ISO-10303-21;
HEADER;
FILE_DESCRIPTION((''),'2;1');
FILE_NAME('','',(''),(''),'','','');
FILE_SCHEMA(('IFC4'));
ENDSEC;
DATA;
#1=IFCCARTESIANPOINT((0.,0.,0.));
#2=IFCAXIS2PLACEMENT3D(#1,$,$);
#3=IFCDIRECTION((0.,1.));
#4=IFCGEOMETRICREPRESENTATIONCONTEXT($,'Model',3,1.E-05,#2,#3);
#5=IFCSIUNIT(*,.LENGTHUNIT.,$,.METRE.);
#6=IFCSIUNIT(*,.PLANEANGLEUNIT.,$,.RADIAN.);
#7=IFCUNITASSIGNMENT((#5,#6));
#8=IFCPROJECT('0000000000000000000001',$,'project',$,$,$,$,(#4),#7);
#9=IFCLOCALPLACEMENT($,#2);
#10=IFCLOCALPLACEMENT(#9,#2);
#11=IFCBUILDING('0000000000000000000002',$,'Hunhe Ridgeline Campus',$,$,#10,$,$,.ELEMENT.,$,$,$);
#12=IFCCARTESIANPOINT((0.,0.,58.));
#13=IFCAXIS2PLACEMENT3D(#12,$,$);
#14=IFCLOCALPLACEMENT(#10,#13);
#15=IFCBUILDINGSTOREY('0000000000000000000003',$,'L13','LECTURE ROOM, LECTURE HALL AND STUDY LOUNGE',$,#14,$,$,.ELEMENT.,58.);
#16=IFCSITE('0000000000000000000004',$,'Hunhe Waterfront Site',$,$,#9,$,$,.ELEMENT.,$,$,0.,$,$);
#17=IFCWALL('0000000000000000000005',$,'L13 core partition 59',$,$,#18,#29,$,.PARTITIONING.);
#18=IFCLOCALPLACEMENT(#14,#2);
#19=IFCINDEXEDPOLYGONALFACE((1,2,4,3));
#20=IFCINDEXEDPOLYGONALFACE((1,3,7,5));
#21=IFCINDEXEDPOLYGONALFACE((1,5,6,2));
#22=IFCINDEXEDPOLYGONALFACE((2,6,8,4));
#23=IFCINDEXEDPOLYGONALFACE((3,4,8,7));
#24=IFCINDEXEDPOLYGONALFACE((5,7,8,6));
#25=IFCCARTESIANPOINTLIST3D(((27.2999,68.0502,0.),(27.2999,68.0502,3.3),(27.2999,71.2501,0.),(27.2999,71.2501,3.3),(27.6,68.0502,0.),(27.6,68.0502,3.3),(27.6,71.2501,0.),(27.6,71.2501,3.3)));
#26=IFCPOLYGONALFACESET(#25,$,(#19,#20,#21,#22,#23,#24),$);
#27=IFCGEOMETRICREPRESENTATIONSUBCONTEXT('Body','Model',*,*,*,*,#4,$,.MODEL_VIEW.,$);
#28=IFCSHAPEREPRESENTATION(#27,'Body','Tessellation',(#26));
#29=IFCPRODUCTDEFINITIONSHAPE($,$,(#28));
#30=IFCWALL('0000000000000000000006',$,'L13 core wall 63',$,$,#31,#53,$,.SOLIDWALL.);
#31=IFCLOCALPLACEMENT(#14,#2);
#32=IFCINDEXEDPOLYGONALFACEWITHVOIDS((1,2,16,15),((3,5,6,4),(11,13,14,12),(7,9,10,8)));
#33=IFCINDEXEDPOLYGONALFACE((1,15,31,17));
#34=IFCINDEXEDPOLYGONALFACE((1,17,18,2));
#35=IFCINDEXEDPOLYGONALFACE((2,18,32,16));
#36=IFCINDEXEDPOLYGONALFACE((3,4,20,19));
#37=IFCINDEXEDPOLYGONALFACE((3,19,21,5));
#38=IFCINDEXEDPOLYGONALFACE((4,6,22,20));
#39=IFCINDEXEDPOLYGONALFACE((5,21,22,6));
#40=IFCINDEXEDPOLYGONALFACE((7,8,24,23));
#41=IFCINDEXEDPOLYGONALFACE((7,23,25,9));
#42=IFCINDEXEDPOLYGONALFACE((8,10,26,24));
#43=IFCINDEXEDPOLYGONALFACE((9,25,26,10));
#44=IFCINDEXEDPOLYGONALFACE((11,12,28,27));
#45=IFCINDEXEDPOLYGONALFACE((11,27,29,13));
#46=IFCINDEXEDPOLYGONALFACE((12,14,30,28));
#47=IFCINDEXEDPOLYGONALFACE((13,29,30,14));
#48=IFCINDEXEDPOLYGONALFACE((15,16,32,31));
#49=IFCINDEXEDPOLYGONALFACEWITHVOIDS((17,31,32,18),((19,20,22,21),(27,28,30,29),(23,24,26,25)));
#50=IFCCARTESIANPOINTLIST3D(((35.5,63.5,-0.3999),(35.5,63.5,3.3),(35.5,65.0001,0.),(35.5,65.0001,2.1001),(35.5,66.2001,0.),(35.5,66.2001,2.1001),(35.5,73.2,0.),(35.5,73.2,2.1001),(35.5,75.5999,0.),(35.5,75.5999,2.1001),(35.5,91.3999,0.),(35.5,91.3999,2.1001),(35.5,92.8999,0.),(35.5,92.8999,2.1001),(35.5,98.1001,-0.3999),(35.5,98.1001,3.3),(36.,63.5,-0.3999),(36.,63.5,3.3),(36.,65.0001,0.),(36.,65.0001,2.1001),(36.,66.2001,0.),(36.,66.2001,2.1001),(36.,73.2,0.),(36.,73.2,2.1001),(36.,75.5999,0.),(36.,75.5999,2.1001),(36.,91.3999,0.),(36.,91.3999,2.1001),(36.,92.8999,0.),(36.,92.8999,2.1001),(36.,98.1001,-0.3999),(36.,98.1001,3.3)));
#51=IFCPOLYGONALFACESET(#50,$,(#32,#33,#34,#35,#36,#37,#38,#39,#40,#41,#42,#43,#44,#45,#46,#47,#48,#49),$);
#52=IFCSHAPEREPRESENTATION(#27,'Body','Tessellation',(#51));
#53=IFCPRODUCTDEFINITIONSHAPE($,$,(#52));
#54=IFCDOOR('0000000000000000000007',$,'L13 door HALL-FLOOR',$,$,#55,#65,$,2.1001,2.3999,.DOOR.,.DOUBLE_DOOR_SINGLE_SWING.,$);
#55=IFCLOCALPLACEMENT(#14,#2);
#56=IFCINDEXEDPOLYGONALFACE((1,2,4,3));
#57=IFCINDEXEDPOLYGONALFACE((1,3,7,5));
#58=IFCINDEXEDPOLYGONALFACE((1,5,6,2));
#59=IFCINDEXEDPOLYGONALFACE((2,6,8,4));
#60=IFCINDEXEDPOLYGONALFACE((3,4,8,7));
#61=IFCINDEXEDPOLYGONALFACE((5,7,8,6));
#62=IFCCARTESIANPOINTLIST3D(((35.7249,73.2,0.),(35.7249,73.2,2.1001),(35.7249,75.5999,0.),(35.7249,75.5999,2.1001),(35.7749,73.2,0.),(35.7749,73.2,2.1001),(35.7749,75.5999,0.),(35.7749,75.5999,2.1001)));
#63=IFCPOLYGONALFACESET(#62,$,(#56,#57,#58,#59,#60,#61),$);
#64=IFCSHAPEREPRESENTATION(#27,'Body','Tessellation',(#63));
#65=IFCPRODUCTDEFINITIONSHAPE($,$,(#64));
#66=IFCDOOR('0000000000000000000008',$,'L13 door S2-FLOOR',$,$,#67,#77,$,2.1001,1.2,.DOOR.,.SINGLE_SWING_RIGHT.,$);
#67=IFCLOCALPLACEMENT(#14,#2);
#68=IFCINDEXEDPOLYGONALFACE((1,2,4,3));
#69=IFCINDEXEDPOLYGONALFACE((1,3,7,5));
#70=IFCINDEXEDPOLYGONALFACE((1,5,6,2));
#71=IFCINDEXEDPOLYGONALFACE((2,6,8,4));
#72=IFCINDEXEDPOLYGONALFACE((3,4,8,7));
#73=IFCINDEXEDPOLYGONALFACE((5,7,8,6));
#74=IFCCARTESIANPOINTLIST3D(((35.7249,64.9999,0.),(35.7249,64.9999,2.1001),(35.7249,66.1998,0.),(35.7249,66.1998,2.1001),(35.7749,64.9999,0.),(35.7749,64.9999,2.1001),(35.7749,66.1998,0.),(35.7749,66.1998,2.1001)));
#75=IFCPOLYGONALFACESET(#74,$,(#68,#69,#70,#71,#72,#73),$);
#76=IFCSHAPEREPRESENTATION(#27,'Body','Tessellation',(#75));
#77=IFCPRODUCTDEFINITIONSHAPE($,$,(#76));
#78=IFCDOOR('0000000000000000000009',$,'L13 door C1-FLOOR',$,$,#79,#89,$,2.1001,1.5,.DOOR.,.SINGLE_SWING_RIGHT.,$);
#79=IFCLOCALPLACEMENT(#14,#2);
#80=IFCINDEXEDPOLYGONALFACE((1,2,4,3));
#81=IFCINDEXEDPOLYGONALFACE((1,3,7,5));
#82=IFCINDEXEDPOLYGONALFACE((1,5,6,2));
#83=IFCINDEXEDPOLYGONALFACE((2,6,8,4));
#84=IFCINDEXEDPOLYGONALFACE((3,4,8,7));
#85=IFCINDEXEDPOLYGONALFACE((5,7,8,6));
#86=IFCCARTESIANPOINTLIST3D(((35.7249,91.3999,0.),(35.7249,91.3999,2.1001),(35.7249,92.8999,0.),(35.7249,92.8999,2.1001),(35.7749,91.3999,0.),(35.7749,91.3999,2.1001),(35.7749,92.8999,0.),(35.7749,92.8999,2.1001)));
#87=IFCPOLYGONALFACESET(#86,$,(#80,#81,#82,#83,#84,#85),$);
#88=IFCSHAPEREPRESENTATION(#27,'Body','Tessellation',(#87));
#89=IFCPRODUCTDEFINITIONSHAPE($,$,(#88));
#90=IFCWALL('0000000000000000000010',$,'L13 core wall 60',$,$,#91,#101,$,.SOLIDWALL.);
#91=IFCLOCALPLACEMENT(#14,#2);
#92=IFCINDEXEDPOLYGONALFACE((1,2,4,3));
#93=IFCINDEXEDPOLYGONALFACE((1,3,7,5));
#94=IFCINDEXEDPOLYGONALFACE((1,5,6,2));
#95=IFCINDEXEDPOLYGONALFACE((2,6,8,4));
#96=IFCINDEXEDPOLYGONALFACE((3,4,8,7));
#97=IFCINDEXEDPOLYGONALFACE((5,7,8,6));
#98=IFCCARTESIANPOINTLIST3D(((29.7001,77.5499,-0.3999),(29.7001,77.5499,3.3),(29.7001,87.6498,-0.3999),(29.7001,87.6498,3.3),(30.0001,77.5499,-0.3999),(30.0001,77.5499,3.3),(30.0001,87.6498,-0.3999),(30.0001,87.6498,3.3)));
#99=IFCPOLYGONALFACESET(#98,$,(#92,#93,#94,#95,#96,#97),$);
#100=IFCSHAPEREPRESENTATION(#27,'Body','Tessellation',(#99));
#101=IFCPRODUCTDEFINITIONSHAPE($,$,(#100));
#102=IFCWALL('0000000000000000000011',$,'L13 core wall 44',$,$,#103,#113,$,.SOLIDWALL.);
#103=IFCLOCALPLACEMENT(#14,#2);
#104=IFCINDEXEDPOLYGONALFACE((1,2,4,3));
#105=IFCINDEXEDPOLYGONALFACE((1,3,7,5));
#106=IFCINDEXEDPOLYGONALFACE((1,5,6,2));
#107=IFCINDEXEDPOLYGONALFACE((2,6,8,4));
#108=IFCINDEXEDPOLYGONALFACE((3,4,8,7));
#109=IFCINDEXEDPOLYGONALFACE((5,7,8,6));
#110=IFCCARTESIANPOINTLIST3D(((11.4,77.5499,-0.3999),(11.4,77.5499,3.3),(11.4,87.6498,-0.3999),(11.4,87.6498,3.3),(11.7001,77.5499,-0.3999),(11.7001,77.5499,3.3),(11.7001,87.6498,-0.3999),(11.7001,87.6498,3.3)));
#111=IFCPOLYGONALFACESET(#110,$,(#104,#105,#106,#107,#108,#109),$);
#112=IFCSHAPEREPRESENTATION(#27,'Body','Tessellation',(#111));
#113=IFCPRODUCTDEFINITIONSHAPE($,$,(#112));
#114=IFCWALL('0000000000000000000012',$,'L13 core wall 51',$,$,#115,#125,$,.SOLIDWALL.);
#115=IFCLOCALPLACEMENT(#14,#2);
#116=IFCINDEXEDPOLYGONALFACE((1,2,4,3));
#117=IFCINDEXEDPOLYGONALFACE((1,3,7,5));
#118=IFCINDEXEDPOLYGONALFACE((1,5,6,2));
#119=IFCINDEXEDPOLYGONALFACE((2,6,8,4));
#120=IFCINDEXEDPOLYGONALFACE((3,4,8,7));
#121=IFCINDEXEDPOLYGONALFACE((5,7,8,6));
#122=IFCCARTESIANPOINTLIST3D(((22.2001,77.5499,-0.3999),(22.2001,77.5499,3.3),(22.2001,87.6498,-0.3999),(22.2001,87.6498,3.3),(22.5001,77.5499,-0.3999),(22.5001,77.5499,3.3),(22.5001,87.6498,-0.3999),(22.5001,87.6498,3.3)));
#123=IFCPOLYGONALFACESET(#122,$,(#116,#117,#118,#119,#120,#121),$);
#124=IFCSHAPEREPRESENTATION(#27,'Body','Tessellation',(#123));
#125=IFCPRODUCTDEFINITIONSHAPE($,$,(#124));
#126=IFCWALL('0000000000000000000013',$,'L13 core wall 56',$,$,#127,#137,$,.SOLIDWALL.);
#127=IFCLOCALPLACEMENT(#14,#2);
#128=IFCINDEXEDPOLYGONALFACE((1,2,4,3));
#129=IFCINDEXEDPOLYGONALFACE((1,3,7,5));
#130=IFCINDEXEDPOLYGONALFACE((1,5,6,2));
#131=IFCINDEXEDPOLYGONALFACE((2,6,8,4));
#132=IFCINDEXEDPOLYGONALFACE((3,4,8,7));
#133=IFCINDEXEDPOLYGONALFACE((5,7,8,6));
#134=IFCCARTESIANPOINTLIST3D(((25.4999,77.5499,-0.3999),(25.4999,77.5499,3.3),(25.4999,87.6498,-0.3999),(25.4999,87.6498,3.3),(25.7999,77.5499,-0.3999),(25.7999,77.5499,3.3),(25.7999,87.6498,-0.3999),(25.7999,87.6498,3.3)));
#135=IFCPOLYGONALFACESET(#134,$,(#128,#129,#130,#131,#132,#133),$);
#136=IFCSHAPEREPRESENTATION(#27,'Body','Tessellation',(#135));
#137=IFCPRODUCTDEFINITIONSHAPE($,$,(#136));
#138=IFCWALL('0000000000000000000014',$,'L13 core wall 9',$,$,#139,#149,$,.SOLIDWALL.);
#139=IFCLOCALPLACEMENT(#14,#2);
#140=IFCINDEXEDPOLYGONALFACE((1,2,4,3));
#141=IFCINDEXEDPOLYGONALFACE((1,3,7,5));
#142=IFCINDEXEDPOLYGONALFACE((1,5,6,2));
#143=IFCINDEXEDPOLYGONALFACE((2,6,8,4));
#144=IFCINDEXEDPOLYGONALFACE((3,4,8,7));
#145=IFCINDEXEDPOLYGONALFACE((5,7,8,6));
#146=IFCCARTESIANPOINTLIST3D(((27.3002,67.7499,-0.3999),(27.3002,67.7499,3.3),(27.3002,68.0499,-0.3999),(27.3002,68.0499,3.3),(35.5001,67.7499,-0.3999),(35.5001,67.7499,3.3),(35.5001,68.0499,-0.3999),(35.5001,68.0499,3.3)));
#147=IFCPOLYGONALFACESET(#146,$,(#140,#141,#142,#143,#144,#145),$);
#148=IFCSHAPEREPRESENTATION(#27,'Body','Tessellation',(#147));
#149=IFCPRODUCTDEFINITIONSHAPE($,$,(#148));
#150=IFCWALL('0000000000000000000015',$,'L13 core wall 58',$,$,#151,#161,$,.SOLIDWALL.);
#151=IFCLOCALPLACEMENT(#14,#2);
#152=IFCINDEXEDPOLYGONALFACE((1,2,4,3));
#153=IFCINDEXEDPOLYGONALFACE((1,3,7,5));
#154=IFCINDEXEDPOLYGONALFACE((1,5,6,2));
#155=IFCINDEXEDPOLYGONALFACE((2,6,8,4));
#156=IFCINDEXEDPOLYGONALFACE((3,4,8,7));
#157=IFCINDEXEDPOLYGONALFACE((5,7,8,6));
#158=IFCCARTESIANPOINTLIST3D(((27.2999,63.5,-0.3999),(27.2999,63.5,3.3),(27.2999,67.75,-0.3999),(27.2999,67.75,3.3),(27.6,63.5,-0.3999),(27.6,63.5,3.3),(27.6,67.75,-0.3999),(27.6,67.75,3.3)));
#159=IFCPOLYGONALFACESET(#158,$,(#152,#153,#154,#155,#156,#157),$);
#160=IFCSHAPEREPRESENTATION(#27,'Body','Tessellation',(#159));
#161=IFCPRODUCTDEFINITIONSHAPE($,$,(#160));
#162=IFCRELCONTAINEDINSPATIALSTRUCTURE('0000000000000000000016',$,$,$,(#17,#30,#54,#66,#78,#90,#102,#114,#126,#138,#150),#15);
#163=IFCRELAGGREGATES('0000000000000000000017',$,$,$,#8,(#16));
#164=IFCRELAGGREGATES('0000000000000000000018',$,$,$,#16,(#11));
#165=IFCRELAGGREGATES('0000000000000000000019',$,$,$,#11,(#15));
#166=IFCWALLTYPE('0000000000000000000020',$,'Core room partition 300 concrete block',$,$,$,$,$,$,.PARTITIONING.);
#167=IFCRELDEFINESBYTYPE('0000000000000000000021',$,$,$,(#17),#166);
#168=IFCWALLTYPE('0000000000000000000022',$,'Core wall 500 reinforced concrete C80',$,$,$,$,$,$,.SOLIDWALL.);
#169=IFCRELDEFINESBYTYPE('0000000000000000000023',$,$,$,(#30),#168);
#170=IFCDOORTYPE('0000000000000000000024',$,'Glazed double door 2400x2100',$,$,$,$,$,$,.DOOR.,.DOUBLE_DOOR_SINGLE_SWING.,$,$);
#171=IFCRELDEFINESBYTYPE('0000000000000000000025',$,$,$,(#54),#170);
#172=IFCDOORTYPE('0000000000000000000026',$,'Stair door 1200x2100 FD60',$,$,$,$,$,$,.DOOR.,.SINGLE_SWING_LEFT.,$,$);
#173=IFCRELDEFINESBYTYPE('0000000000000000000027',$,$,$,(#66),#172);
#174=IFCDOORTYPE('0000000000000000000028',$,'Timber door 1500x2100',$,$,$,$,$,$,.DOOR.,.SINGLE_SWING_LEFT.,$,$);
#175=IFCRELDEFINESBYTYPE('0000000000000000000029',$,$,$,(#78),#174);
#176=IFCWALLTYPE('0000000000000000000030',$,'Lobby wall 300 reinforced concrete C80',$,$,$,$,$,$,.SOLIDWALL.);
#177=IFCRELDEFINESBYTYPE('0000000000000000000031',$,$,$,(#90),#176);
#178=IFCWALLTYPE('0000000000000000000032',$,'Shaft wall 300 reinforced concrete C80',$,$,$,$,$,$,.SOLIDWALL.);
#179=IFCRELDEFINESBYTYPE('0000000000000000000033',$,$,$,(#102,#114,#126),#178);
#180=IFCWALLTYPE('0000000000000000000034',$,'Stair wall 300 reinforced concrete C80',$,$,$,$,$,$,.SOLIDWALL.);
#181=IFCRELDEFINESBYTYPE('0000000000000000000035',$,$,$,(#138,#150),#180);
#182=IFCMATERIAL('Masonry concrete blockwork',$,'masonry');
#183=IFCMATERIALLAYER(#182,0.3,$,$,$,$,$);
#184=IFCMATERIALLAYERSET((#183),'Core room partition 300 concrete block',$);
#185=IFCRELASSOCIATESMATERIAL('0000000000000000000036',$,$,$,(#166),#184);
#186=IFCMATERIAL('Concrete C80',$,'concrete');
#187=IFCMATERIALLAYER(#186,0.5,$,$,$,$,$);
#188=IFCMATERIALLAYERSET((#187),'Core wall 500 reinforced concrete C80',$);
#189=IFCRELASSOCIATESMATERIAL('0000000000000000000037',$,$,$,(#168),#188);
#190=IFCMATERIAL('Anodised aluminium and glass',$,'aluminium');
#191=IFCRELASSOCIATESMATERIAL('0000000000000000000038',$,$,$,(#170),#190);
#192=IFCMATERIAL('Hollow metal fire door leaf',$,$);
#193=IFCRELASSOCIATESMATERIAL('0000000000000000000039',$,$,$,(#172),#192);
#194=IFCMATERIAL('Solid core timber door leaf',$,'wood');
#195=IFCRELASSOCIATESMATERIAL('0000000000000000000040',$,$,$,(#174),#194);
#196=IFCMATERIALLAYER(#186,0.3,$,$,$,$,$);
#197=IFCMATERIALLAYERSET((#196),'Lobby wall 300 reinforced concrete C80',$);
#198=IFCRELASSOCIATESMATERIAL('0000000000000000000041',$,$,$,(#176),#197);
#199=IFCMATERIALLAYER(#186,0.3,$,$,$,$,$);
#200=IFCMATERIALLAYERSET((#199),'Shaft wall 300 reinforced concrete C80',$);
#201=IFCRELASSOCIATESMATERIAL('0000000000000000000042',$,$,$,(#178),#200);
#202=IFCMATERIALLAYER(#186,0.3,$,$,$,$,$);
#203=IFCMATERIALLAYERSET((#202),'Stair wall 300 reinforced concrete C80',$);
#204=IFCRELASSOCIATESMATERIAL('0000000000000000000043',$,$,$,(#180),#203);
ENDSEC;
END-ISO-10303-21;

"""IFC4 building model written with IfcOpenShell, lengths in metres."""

from ifc_helpers import new_model, si_unit, direction, frame, frame_2d, origin, place, context, subcontext, project, spatial, rectangle, extrude, material, layer, layer_set, type_object, element, fill, save


model = new_model("IFC4")

# Units and contexts
model_context = context("Model", 3, precision=1e-05, world=origin(), true_north=direction((0.0, 1.0)))
body_context = subcontext(model_context, "Body", "Model", "MODEL_VIEW")
ifc_project = project(units=[si_unit("LENGTHUNIT", "METRE"), si_unit("PLANEANGLEUNIT", "RADIAN")], contexts=[model_context])

# Site, building, storey
site_placement = place(None, origin())
site = spatial("IfcSite", under=ifc_project, at=site_placement, Name="Hunhe Waterfront Site", CompositionType="ELEMENT", RefElevation=0.0)
building_placement = place(site_placement, origin())
building = spatial("IfcBuilding", under=site, at=building_placement, Name="Hunhe Ridgeline Campus", CompositionType="ELEMENT")
storey_placement = place(building_placement, frame((0.0, 0.0, 58.0)))
storey = spatial("IfcBuildingStorey", under=building, at=storey_placement, Name="L13", Description="LECTURE ROOM, LECTURE HALL AND STUDY LOUNGE", CompositionType="ELEMENT", Elevation=58.0)

# Shared definitions
ifc_material_1 = material(Name="Masonry concrete blockwork", Category="masonry")
ifc_layer_1 = layer(ifc_material_1, 0.3)
ifc_layer_set_1 = layer_set([ifc_layer_1], Name="Core room partition 300 concrete block")
wall_type_1 = type_object("IfcWallType", Name="Core room partition 300 concrete block", PredefinedType="PARTITIONING", material=ifc_layer_set_1)
ifc_material_2 = material(Name="Solid core timber door leaf", Category="wood")
ifc_material_3 = material(Name="Anodised aluminium and glass", Category="aluminium")

# Wall
wall_1_placement = place(storey_placement, frame((27.45, 68.05, 0.0), z_axis=(0.0, 0.0, 1.0), x_axis=(0.0, 1.0, 0.0)))
element("IfcWall", 1, at=wall_1_placement, inside=storey, type_object=wall_type_1, Name="L13 core partition 59", PredefinedType="PARTITIONING", context=body_context, shape_type="SweptSolid", body=[
    extrude(rectangle(XDim=3.2, YDim=0.3, at=frame_2d((1.6001, 0.0))), origin(), (0.0, 0.0, 1.0), 3.3),
])

# Wall, openings, doors
ifc_material_4 = material(Name="Concrete C80", Category="concrete")
ifc_layer_2 = layer(ifc_material_4, 0.5)
ifc_layer_set_2 = layer_set([ifc_layer_2], Name="Core wall 500 reinforced concrete C80")
wall_type_2 = type_object("IfcWallType", Name="Core wall 500 reinforced concrete C80", PredefinedType="SOLIDWALL", material=ifc_layer_set_2)
wall_2_placement = place(storey_placement, frame((35.75, 63.5, -0.3999), z_axis=(0.0, 0.0, 1.0), x_axis=(0.0, 1.0, 0.0)))
wall_2 = element("IfcWall", 2, at=wall_2_placement, inside=storey, type_object=wall_type_2, Name="L13 core wall 63", PredefinedType="SOLIDWALL", context=body_context, shape_type="SweptSolid", body=[
    extrude(rectangle(XDim=34.6001, YDim=0.5, at=frame_2d((17.3, 0.0))), origin(), (0.0, 0.0, 1.0), 3.7),
])
opening_1_placement = place(wall_2_placement, frame((9.7, 0.0, 0.3999)))
opening_1 = element("IfcOpeningElement", 3, at=opening_1_placement, cuts=wall_2, PredefinedType="OPENING", context=body_context, shape_type="SweptSolid", body=[
    extrude(rectangle(XDim=2.3999, YDim=2.1001, at=frame_2d((1.2, 1.05))), frame((0.0, 0.25, 0.0), z_axis=(0.0, -1.0, 0.0), x_axis=(1.0, 0.0, 0.0)), (0.0, 0.0, 1.0), 0.5),
])
opening_2_placement = place(wall_2_placement, frame((27.8999, 0.0, 0.3999)))
opening_2 = element("IfcOpeningElement", 4, at=opening_2_placement, cuts=wall_2, PredefinedType="OPENING", context=body_context, shape_type="SweptSolid", body=[
    extrude(rectangle(XDim=1.5, YDim=2.1001, at=frame_2d((0.75, 1.05))), frame((0.0, 0.25, 0.0), z_axis=(0.0, -1.0, 0.0), x_axis=(1.0, 0.0, 0.0)), (0.0, 0.0, 1.0), 0.5),
])
opening_3_placement = place(wall_2_placement, frame((1.5, 0.0, 0.3999)))
opening_3 = element("IfcOpeningElement", 5, at=opening_3_placement, cuts=wall_2, PredefinedType="OPENING", context=body_context, shape_type="SweptSolid", body=[
    extrude(rectangle(XDim=1.2, YDim=2.1001, at=frame_2d((0.6001, 1.05))), frame((0.0, 0.25, 0.0), z_axis=(0.0, -1.0, 0.0), x_axis=(1.0, 0.0, 0.0)), (0.0, 0.0, 1.0), 0.5),
])
door_type_1 = type_object("IfcDoorType", Name="Glazed double door 2400x2100", OperationType="DOUBLE_DOOR_SINGLE_SWING", PredefinedType="DOOR", material=ifc_material_3)
door_1_placement = place(opening_1_placement, frame((2.3999, 0.0, 0.0), z_axis=(0.0, 0.0, 1.0), x_axis=(-1.0, 0.0, 0.0)))
door_1 = element("IfcDoor", 6, at=door_1_placement, inside=storey, type_object=door_type_1, Name="L13 door HALL-FLOOR", OperationType="DOUBLE_DOOR_SINGLE_SWING", OverallHeight=2.1001, OverallWidth=2.3999, PredefinedType="DOOR", context=body_context, shape_type="SweptSolid", body=[
    extrude(rectangle(XDim=2.3999, YDim=2.1001, at=frame_2d((1.2, 1.05))), frame((0.0, 0.0249, 0.0), z_axis=(0.0, -1.0, 0.0), x_axis=(1.0, 0.0, 0.0)), (0.0, 0.0, 1.0), 0.05),
])
fill(opening_1, door_1)
ifc_material_5 = material(Name="Hollow metal fire door leaf")
door_type_2 = type_object("IfcDoorType", Name="Stair door 1200x2100 FD60", OperationType="SINGLE_SWING_LEFT", PredefinedType="DOOR", material=ifc_material_5)
door_2_placement = place(opening_3_placement, frame((1.2, 0.0, 0.0), z_axis=(0.0, 0.0, 1.0), x_axis=(-1.0, 0.0, 0.0)))
door_2 = element("IfcDoor", 7, at=door_2_placement, inside=storey, type_object=door_type_2, Name="L13 door S2-FLOOR", OperationType="SINGLE_SWING_RIGHT", OverallHeight=2.1001, OverallWidth=1.2, PredefinedType="DOOR", context=body_context, shape_type="SweptSolid", body=[
    extrude(rectangle(XDim=1.2, YDim=2.1001, at=frame_2d((0.6001, 1.05))), frame((0.0, 0.0249, 0.0), z_axis=(0.0, -1.0, 0.0), x_axis=(1.0, 0.0, 0.0)), (0.0, 0.0, 1.0), 0.05),
])
fill(opening_3, door_2)
door_type_3 = type_object("IfcDoorType", Name="Timber door 1500x2100", OperationType="SINGLE_SWING_LEFT", PredefinedType="DOOR", material=ifc_material_2)
door_3_placement = place(opening_2_placement, frame((1.5, 0.0, 0.0), z_axis=(0.0, 0.0, 1.0), x_axis=(-1.0, 0.0, 0.0)))
door_3 = element("IfcDoor", 8, at=door_3_placement, inside=storey, type_object=door_type_3, Name="L13 door C1-FLOOR", OperationType="SINGLE_SWING_RIGHT", OverallHeight=2.1001, OverallWidth=1.5, PredefinedType="DOOR", context=body_context, shape_type="SweptSolid", body=[
    extrude(rectangle(XDim=1.5, YDim=2.1001, at=frame_2d((0.75, 1.05))), frame((0.0, 0.0249, 0.0), z_axis=(0.0, -1.0, 0.0), x_axis=(1.0, 0.0, 0.0)), (0.0, 0.0, 1.0), 0.05),
])
fill(opening_2, door_3)

# Walls
ifc_layer_3 = layer(ifc_material_4, 0.3)
ifc_layer_set_3 = layer_set([ifc_layer_3], Name="Lobby wall 300 reinforced concrete C80")
wall_type_3 = type_object("IfcWallType", Name="Lobby wall 300 reinforced concrete C80", PredefinedType="SOLIDWALL", material=ifc_layer_set_3)
wall_3_placement = place(storey_placement, frame((29.8501, 77.55, -0.3999), z_axis=(0.0, 0.0, 1.0), x_axis=(0.0, 1.0, 0.0)))
element("IfcWall", 9, at=wall_3_placement, inside=storey, type_object=wall_type_3, Name="L13 core wall 60", PredefinedType="SOLIDWALL", context=body_context, shape_type="SweptSolid", body=[
    extrude(rectangle(XDim=10.0999, YDim=0.3, at=frame_2d((5.0498, 0.0))), origin(), (0.0, 0.0, 1.0), 3.7),
])
ifc_layer_4 = layer(ifc_material_4, 0.3)
ifc_layer_set_4 = layer_set([ifc_layer_4], Name="Shaft wall 300 reinforced concrete C80")
wall_type_4 = type_object("IfcWallType", Name="Shaft wall 300 reinforced concrete C80", PredefinedType="SOLIDWALL", material=ifc_layer_set_4)
for number, where, z_axis, x_axis, name in (
    (10, (11.55, 77.55, -0.3999), (0.0, 0.0, 1.0), (0.0, 1.0, 0.0), "L13 core wall 44"),
    (11, (22.3501, 77.55, -0.3999), (0.0, 0.0, 1.0), (0.0, 1.0, 0.0), "L13 core wall 51"),
    (12, (25.6499, 77.55, -0.3999), (0.0, 0.0, 1.0), (0.0, 1.0, 0.0), "L13 core wall 56"),
):
    element("IfcWall", number, at=place(storey_placement, frame(where, z_axis=z_axis, x_axis=x_axis)), inside=storey, type_object=wall_type_4, Name=name, PredefinedType="SOLIDWALL", context=body_context, shape_type="SweptSolid", body=[
        extrude(rectangle(XDim=10.0999, YDim=0.3, at=frame_2d((5.0498, 0.0))), origin(), (0.0, 0.0, 1.0), 3.7),
    ])
ifc_layer_5 = layer(ifc_material_4, 0.3)
ifc_layer_set_5 = layer_set([ifc_layer_5], Name="Stair wall 300 reinforced concrete C80")
wall_type_5 = type_object("IfcWallType", Name="Stair wall 300 reinforced concrete C80", PredefinedType="SOLIDWALL", material=ifc_layer_set_5)
wall_4_placement = place(storey_placement, frame((27.3, 67.8999, -0.3999), z_axis=(0.0, 0.0, 1.0), x_axis=(1.0, 0.0, 0.0)))
element("IfcWall", 13, at=wall_4_placement, inside=storey, type_object=wall_type_5, Name="L13 core wall 9", PredefinedType="SOLIDWALL", context=body_context, shape_type="SweptSolid", body=[
    extrude(rectangle(XDim=8.2, YDim=0.3, at=frame_2d((4.1001, 0.0))), origin(), (0.0, 0.0, 1.0), 3.7),
])
wall_5_placement = place(storey_placement, frame((27.45, 63.5, -0.3999), z_axis=(0.0, 0.0, 1.0), x_axis=(0.0, 1.0, 0.0)))
element("IfcWall", 14, at=wall_5_placement, inside=storey, type_object=wall_type_5, Name="L13 core wall 58", PredefinedType="SOLIDWALL", context=body_context, shape_type="SweptSolid", body=[
    extrude(rectangle(XDim=4.25, YDim=0.3, at=frame_2d((2.125, 0.0))), origin(), (0.0, 0.0, 1.0), 3.7),
])

save(model, "model.ifc")
